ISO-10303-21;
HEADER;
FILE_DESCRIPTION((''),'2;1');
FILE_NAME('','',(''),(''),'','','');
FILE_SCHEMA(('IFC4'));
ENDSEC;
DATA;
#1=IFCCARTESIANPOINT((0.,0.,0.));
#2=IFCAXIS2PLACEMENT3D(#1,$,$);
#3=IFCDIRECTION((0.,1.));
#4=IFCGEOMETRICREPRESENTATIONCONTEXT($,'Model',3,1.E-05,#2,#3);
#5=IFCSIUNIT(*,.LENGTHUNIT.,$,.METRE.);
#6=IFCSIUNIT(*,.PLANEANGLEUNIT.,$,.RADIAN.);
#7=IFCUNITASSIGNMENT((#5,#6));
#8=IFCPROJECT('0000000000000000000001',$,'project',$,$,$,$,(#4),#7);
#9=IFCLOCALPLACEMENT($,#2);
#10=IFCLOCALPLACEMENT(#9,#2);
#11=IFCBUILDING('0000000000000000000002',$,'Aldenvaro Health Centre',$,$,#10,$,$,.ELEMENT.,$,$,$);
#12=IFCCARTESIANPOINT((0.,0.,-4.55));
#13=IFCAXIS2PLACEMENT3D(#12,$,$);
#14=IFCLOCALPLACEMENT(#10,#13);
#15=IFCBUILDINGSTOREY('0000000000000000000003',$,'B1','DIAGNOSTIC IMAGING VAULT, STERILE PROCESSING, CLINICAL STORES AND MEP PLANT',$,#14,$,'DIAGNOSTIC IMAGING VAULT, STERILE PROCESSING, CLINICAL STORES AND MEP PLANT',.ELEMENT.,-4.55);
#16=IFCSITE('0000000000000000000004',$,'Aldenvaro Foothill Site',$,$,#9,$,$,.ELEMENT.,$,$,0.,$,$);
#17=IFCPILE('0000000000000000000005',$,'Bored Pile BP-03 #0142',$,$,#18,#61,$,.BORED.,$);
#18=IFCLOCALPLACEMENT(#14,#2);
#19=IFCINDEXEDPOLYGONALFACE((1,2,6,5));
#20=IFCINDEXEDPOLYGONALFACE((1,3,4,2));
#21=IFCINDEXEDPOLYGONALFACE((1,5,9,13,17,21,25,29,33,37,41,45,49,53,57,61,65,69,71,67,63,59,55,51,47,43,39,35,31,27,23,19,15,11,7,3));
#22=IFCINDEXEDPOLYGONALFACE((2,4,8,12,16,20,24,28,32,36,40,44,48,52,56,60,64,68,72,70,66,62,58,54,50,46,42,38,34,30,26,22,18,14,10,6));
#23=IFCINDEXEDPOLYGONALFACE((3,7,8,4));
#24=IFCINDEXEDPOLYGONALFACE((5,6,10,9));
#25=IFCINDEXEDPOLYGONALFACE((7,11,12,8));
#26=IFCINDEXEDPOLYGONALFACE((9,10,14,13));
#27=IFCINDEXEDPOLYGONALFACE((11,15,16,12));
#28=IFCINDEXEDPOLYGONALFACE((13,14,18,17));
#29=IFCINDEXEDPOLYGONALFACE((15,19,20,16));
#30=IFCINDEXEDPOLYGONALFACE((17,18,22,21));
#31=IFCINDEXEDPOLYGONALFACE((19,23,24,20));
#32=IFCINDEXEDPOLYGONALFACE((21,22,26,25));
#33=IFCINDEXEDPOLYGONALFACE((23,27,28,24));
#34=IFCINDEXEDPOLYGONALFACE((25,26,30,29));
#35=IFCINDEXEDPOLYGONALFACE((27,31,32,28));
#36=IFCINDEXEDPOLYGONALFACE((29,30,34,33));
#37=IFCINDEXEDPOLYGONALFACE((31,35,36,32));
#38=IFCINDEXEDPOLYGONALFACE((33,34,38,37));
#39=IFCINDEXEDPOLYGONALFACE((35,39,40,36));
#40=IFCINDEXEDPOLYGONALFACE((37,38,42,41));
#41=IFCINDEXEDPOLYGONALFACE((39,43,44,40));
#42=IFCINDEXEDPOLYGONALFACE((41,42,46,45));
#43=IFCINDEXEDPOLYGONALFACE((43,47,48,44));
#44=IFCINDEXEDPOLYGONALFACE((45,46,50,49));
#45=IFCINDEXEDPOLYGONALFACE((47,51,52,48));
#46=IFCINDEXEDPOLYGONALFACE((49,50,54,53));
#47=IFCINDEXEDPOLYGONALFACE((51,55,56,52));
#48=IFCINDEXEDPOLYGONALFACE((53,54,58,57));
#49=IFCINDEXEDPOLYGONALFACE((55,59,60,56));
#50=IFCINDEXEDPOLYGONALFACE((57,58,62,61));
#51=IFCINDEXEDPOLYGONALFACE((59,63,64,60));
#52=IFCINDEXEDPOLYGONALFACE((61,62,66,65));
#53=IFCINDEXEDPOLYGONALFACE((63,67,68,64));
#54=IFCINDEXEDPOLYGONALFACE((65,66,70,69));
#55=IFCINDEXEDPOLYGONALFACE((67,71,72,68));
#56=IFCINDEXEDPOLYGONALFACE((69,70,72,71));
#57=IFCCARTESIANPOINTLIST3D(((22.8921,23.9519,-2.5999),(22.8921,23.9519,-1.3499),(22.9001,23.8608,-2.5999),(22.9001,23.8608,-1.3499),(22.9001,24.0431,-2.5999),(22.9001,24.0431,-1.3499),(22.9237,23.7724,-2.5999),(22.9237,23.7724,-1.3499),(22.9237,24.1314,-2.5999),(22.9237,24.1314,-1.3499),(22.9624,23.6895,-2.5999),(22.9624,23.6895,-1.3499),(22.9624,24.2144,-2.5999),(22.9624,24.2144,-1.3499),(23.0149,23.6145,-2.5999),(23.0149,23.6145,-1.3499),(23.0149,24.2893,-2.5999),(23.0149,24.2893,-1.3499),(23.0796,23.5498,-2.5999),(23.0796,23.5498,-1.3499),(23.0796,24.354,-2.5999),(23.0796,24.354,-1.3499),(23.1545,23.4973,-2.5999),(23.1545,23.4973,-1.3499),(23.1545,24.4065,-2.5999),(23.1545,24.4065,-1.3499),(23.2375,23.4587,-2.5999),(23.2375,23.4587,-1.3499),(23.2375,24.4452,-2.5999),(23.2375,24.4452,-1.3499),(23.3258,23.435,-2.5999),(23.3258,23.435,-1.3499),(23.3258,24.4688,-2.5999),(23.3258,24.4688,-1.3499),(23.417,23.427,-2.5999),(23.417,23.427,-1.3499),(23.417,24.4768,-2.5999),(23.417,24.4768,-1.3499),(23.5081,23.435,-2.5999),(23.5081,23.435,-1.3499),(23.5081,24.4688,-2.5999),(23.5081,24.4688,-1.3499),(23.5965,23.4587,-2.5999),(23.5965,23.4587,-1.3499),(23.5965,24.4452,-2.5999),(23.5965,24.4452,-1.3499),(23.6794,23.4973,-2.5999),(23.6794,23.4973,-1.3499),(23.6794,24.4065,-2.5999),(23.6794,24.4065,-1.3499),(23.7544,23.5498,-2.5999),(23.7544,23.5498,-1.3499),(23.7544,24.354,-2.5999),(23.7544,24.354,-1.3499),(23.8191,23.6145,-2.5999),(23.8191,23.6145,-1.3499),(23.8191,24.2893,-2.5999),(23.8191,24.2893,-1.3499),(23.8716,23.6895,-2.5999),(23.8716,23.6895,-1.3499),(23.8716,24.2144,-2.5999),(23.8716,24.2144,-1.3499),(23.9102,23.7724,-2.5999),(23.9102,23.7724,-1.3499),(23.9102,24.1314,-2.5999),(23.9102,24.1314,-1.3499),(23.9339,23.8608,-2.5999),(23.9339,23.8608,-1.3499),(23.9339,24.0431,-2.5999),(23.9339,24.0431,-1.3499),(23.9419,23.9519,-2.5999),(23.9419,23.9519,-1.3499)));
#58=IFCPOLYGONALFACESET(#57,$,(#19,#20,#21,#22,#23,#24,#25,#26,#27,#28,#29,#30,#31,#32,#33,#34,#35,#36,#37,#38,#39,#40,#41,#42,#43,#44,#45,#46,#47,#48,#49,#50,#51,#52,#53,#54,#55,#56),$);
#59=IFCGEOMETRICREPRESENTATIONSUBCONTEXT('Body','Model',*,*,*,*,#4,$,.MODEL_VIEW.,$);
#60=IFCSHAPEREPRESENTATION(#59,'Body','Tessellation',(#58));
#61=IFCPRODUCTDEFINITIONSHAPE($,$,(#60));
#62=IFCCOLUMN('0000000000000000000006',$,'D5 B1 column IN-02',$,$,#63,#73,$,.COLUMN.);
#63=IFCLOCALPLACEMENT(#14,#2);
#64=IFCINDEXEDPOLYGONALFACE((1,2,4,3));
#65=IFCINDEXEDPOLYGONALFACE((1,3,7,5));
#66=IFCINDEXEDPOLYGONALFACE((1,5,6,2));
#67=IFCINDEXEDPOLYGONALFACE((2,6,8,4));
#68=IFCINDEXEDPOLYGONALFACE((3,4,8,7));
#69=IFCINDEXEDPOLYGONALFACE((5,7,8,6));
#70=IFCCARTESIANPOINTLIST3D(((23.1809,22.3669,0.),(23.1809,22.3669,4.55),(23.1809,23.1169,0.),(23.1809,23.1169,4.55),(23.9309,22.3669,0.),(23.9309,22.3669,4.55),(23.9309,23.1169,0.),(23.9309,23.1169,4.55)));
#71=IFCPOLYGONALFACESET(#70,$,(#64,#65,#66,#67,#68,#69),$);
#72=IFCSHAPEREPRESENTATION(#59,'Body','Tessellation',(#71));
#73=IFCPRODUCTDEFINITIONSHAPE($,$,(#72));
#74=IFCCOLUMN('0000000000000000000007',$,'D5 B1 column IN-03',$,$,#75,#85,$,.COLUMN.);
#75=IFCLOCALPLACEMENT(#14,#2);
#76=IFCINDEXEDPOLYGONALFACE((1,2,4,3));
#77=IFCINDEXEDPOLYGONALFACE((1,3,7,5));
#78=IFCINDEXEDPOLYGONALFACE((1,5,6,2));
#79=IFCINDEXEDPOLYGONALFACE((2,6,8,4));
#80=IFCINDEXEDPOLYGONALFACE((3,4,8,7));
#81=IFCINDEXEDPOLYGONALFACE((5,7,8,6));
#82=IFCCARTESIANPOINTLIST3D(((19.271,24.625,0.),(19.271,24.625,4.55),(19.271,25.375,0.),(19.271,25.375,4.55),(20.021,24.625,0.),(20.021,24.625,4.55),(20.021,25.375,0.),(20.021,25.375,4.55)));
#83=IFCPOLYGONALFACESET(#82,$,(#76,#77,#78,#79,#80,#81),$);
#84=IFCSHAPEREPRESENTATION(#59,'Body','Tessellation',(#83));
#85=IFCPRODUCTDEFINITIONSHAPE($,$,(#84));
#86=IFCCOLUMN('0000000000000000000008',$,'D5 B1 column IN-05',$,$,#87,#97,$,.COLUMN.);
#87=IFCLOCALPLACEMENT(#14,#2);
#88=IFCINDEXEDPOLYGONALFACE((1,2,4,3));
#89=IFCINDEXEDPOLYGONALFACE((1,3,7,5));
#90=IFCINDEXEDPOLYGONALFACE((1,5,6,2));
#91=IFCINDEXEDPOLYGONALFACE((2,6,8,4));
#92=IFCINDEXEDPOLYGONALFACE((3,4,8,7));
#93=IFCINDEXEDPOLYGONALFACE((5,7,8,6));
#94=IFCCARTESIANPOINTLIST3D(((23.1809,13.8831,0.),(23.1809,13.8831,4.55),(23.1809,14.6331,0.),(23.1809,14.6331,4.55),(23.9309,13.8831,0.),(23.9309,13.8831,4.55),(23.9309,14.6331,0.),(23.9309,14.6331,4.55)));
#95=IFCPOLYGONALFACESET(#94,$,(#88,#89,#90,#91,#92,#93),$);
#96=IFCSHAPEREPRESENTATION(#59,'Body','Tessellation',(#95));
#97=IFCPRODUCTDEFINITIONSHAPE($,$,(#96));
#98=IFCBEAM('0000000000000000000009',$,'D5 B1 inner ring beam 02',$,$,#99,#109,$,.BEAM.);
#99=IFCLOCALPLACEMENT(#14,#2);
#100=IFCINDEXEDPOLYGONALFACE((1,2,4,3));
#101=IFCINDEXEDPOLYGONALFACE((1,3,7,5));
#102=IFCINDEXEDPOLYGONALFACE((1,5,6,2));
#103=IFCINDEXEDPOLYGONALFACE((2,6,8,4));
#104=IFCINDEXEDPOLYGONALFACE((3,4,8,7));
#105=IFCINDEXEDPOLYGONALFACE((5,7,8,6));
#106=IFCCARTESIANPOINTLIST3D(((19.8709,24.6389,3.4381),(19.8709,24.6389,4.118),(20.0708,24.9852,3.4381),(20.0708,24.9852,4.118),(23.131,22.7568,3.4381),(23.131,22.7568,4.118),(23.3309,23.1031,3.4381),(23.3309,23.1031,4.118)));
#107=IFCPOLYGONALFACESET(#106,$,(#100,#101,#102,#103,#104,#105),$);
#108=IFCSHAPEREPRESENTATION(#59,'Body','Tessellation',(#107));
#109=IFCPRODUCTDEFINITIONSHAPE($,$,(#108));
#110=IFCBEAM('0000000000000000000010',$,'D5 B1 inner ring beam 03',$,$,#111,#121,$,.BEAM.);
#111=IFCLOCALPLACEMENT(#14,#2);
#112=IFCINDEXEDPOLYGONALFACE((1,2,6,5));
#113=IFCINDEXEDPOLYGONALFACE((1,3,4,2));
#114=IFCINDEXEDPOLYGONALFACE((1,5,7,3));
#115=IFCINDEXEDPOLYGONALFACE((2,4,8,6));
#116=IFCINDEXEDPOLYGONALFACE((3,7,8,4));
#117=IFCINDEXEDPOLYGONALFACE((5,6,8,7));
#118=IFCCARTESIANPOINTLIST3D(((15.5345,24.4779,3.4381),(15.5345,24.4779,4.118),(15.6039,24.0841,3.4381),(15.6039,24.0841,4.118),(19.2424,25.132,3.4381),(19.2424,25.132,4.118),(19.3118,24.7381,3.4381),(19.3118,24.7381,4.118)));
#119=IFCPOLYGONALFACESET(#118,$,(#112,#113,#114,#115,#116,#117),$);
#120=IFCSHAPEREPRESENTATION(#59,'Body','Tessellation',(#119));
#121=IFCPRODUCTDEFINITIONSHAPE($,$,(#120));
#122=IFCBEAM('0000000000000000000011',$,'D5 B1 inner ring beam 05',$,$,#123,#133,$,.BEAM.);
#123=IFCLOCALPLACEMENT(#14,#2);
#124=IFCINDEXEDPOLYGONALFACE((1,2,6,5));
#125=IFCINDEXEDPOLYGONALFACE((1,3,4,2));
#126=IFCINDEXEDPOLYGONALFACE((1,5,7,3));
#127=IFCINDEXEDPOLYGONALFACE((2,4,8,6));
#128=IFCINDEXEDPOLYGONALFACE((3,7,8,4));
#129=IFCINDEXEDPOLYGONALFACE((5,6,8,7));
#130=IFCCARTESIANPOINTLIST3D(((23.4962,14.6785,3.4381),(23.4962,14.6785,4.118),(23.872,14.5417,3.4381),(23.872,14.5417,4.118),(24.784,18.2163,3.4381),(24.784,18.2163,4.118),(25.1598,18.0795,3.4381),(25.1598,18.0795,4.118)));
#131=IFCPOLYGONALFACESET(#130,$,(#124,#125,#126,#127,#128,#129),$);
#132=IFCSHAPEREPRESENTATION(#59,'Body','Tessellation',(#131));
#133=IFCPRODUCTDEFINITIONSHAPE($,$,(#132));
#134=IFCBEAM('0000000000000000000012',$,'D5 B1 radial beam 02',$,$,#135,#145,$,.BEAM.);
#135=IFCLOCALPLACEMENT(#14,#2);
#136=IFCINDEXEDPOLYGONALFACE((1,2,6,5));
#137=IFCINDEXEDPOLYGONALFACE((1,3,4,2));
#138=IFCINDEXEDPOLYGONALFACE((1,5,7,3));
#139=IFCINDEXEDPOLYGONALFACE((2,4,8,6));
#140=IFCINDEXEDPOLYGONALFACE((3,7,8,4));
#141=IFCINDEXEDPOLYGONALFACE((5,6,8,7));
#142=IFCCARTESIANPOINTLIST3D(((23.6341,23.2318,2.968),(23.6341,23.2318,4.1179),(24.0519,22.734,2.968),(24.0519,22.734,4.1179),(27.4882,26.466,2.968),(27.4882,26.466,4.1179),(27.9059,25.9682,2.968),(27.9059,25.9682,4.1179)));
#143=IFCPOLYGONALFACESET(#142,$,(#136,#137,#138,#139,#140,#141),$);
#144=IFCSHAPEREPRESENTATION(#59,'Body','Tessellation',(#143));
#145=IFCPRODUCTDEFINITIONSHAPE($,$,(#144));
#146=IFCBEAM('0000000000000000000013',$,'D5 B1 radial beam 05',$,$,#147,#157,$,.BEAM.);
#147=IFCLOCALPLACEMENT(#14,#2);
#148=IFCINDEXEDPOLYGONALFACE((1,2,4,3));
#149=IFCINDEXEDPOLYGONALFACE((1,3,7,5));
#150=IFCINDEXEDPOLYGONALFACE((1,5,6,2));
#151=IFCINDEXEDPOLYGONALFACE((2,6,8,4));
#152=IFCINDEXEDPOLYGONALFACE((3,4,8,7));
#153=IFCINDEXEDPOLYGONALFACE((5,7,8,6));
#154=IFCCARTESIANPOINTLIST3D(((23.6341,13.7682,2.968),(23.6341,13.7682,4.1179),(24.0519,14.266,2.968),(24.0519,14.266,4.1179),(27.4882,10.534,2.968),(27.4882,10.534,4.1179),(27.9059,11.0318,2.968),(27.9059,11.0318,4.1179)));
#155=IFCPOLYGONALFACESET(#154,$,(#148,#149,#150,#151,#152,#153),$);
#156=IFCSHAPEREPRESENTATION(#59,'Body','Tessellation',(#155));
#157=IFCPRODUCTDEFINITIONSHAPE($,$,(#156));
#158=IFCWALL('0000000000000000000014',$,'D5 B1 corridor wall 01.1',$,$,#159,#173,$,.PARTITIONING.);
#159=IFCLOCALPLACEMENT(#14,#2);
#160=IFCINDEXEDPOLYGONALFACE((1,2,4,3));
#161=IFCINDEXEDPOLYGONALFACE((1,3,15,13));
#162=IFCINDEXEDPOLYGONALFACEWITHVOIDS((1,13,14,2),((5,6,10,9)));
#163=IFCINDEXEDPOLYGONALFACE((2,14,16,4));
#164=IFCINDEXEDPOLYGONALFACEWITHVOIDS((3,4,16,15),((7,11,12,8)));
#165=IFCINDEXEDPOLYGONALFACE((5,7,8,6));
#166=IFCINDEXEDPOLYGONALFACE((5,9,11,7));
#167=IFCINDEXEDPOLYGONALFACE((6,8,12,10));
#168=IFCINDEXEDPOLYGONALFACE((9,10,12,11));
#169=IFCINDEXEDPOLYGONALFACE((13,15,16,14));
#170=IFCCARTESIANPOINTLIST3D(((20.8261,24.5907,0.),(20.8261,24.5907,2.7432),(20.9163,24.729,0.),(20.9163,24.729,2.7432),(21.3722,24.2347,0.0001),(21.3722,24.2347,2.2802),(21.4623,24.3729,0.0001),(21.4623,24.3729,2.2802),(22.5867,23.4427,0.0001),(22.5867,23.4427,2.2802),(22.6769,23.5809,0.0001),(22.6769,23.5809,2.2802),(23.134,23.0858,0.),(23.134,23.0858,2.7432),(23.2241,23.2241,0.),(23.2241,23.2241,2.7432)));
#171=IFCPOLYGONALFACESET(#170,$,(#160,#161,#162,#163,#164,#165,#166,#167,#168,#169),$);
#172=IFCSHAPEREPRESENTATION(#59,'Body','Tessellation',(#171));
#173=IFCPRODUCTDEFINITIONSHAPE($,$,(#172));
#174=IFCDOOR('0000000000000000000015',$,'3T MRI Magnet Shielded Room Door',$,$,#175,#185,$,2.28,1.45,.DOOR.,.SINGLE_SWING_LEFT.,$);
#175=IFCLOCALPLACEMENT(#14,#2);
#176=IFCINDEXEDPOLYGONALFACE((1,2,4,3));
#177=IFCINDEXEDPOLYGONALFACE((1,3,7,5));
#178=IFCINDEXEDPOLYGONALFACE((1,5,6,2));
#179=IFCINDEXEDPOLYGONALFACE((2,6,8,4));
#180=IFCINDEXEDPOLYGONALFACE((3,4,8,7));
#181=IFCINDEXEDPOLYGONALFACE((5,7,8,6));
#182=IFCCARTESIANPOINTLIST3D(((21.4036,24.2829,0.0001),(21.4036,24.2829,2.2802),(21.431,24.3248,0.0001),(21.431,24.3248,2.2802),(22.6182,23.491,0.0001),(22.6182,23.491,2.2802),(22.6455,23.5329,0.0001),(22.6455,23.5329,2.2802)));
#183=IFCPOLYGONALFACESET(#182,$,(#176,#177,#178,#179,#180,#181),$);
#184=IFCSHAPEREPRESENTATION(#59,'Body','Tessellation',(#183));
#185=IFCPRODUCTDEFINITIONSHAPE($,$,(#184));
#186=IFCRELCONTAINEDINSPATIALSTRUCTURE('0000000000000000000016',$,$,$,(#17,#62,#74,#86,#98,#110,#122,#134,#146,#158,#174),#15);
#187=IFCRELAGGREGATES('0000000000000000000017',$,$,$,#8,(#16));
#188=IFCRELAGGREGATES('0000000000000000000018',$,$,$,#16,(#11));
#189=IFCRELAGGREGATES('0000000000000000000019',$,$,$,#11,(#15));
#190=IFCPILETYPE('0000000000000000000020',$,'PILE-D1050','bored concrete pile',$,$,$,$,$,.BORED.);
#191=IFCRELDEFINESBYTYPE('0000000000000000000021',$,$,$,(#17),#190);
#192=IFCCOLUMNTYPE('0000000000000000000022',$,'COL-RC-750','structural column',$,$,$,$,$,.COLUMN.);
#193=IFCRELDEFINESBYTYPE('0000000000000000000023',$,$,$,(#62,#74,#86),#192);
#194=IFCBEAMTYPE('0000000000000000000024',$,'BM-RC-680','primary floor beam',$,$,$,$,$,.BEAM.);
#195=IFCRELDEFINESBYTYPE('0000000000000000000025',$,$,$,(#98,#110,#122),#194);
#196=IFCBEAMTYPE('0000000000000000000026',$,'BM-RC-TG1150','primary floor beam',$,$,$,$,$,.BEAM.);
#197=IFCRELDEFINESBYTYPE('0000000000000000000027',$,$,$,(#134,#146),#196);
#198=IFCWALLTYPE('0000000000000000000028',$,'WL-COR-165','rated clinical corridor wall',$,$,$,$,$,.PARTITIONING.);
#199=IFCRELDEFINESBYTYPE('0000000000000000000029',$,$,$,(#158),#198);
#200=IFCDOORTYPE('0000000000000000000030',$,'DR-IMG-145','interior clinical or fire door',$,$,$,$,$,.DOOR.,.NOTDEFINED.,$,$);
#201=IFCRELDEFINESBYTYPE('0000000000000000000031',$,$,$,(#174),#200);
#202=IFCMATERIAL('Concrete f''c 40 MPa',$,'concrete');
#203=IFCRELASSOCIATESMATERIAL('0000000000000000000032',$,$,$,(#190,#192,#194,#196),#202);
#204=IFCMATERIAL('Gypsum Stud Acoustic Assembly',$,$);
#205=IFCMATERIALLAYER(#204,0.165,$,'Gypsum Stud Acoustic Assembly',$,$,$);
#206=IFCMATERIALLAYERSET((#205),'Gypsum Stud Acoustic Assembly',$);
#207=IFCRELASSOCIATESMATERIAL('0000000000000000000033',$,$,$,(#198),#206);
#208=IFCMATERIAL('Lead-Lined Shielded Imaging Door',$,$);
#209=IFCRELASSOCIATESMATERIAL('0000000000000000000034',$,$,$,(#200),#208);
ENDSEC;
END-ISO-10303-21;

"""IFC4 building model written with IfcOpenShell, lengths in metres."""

from ifc_helpers import new_model, si_unit, direction, frame, frame_2d, origin, origin_2d, place, context, subcontext, project, spatial, rectangle, circle, extrude, material, layer, layer_set, material_profile, profile_set, type_object, element, fill, save


model = new_model("IFC4")

# Units and contexts
model_context = context("Model", 3, precision=1e-05, world=origin(), true_north=direction((0.0, 1.0)))
body_context = subcontext(model_context, "Body", "Model", "MODEL_VIEW")
ifc_project = project(units=[si_unit("LENGTHUNIT", "METRE"), si_unit("PLANEANGLEUNIT", "RADIAN")], contexts=[model_context])

# Site, building, storey
site_placement = place(None, origin())
site = spatial("IfcSite", under=ifc_project, at=site_placement, Name="Aldenvaro Foothill Site", CompositionType="ELEMENT", RefElevation=0.0)
building_placement = place(site_placement, origin())
building = spatial("IfcBuilding", under=site, at=building_placement, Name="Aldenvaro Health Centre", CompositionType="ELEMENT")
storey_placement = place(building_placement, frame((0.0, 0.0, -4.55)))
storey = spatial("IfcBuildingStorey", under=building, at=storey_placement, Name="B1", Description="DIAGNOSTIC IMAGING VAULT, STERILE PROCESSING, CLINICAL STORES AND MEP PLANT", LongName="DIAGNOSTIC IMAGING VAULT, STERILE PROCESSING, CLINICAL STORES AND MEP PLANT", CompositionType="ELEMENT", Elevation=-4.55)

# Pile
ifc_material_1 = material(Name="Concrete f'c 40 MPa", Category="concrete")
ifc_material_profile_1 = material_profile(ifc_material_1, circle(Radius=0.5249, at=origin_2d()), Name="PILE D1050", Category="concrete")
ifc_profile_set_1 = profile_set([ifc_material_profile_1], Name="Concrete f'c 40 MPa")
pile_type = type_object("IfcPileType", Name="PILE-D1050", Description="bored concrete pile", PredefinedType="BORED", material=ifc_profile_set_1)
for number, where, z_axis, x_axis, name in (
    (1, (23.417, 23.9519, -1.3499), (0.0, 0.0, -1.0), (1.0, 0.0, 0.0), "Bored Pile BP-03 #0142"),
):
    element("IfcPile", number, at=place(storey_placement, frame(where, z_axis=z_axis, x_axis=x_axis)), inside=storey, type_object=pile_type, Name=name, PredefinedType="BORED", context=body_context, shape_type="SweptSolid", body=[
        extrude(circle(Radius=0.5249, at=origin_2d()), origin(), (0.0, 0.0, 1.0), 1.25),
    ])

# Columns
ifc_material_profile_2 = material_profile(ifc_material_1, rectangle(XDim=0.75, YDim=0.75, at=origin_2d()), Name="RC 750x750", Category="concrete")
ifc_profile_set_2 = profile_set([ifc_material_profile_2], Name="Concrete f'c 40 MPa")
column_type = type_object("IfcColumnType", Name="COL-RC-750", Description="structural column", PredefinedType="COLUMN", material=ifc_profile_set_2)
for number, where, z_axis, x_axis, name in (
    (2, (23.5559, 22.7419, 0.0), (0.0, 0.0, 1.0), (1.0, 0.0, 0.0), "D5 B1 column IN-02"),
    (3, (19.646, 25.0, 0.0), (0.0, 0.0, 1.0), (1.0, 0.0, 0.0), "D5 B1 column IN-03"),
    (4, (23.5559, 14.2581, 0.0), (0.0, 0.0, 1.0), (1.0, 0.0, 0.0), "D5 B1 column IN-05"),
):
    element("IfcColumn", number, at=place(storey_placement, frame(where, z_axis=z_axis, x_axis=x_axis)), inside=storey, type_object=column_type, Name=name, PredefinedType="COLUMN", context=body_context, shape_type="SweptSolid", body=[
        extrude(rectangle(XDim=0.75, YDim=0.75, at=origin_2d()), origin(), (0.0, 0.0, 1.0), 4.55),
    ])

# Beams
ifc_material_profile_3 = material_profile(ifc_material_1, rectangle(XDim=0.3999, YDim=0.6799, at=origin_2d()), Name="RC 400x680", Category="concrete")
ifc_profile_set_3 = profile_set([ifc_material_profile_3], Name="Concrete f'c 40 MPa")
beam_type_1 = type_object("IfcBeamType", Name="BM-RC-680", Description="primary floor beam", PredefinedType="BEAM", material=ifc_profile_set_3)
beam_1_placement = place(storey_placement, frame((23.231, 22.9299, 3.7781), z_axis=(-0.866035, 0.499983, 0.0), x_axis=(-0.499983, -0.866035, 0.0)))
element("IfcBeam", 5, at=beam_1_placement, inside=storey, type_object=beam_type_1, Name="D5 B1 inner ring beam 02", PredefinedType="BEAM", context=body_context, shape_type="SweptSolid", body=[
    extrude(rectangle(XDim=0.3999, YDim=0.6799, at=origin_2d()), origin(), (0.0, 0.0, 1.0), 3.7644),
])
beam_2_placement = place(storey_placement, frame((19.2771, 24.9351, 3.7781), z_axis=(-0.984797, -0.173708, 0.0), x_axis=(0.173708, -0.984797, 0.0)))
element("IfcBeam", 6, at=beam_2_placement, inside=storey, type_object=beam_type_1, Name="D5 B1 inner ring beam 03", PredefinedType="BEAM", context=body_context, shape_type="SweptSolid", body=[
    extrude(rectangle(XDim=0.3999, YDim=0.6799, at=origin_2d()), origin(), (0.0, 0.0, 1.0), 3.7651),
])
beam_3_placement = place(storey_placement, frame((23.6841, 14.6101, 3.7781), z_axis=(0.342061, 0.939678, 0.0), x_axis=(-0.939678, 0.342061, 0.0)))
element("IfcBeam", 7, at=beam_3_placement, inside=storey, type_object=beam_type_1, Name="D5 B1 inner ring beam 05", PredefinedType="BEAM", context=body_context, shape_type="SweptSolid", body=[
    extrude(rectangle(XDim=0.3999, YDim=0.6799, at=origin_2d()), origin(), (0.0, 0.0, 1.0), 3.7649),
])
ifc_material_profile_4 = material_profile(ifc_material_1, rectangle(XDim=0.6499, YDim=1.1499, at=origin_2d()), Name="RC 650x1150", Category="concrete")
ifc_profile_set_4 = profile_set([ifc_material_profile_4], Name="Concrete f'c 40 MPa")
beam_type_2 = type_object("IfcBeamType", Name="BM-RC-TG1150", Description="primary floor beam", PredefinedType="BEAM", material=ifc_profile_set_4)
for number, where, z_axis, x_axis, name in (
    (8, (23.843, 22.9829, 3.543), (0.766021, 0.642815, 0.0), (-0.642815, 0.766021, 0.0), "D5 B1 radial beam 02"),
    (9, (23.843, 14.0171, 3.543), (0.766021, -0.642815, 0.0), (0.642815, 0.766021, 0.0), "D5 B1 radial beam 05"),
):
    element("IfcBeam", number, at=place(storey_placement, frame(where, z_axis=z_axis, x_axis=x_axis)), inside=storey, type_object=beam_type_2, Name=name, PredefinedType="BEAM", context=body_context, shape_type="SweptSolid", body=[
        extrude(rectangle(XDim=0.6499, YDim=1.1499, at=origin_2d()), origin(), (0.0, 0.0, 1.0), 5.0312),
    ])

# Wall, opening, door
ifc_material_2 = material(Name="Gypsum Stud Acoustic Assembly")
ifc_layer_1 = layer(ifc_material_2, 0.165, Name="Gypsum Stud Acoustic Assembly")
ifc_layer_set_1 = layer_set([ifc_layer_1], Name="Gypsum Stud Acoustic Assembly")
wall_type_1 = type_object("IfcWallType", Name="WL-COR-165", Description="rated clinical corridor wall", PredefinedType="PARTITIONING", material=ifc_layer_set_1)
wall_1_placement = place(storey_placement, frame((23.179, 23.155, 0.0), z_axis=(0.0, 0.0, 1.0), x_axis=(-0.837651, 0.546206, 0.0)))
wall_1 = element("IfcWall", 10, at=wall_1_placement, inside=storey, type_object=wall_type_1, Name="D5 B1 corridor wall 01.1", PredefinedType="PARTITIONING", context=body_context, shape_type="SweptSolid", body=[
    extrude(rectangle(XDim=2.7551, YDim=0.165, at=frame_2d((1.3774, 0.0))), origin(), (0.0, 0.0, 1.0), 2.7432),
])
opening_1_placement = place(wall_1_placement, frame((0.6531, 0.0, 0.0)))
opening_1 = element("IfcOpeningElement", 11, at=opening_1_placement, cuts=wall_1, PredefinedType="OPENING", context=body_context, shape_type="SweptSolid", body=[
    extrude(rectangle(XDim=1.45, YDim=2.28, at=frame_2d((0.7251, 1.1401))), frame((0.0, 0.0925, 0.0), z_axis=(0.0, -1.0, 0.0), x_axis=(1.0, 0.0, 0.0)), (0.0, 0.0, 1.0), 0.1851),
])
ifc_material_3 = material(Name="Lead-Lined Shielded Imaging Door")
door_type_1 = type_object("IfcDoorType", Name="DR-IMG-145", Description="interior clinical or fire door", OperationType="NOTDEFINED", PredefinedType="DOOR", material=ifc_material_3)
door_1_placement = place(opening_1_placement, origin())
door_1 = element("IfcDoor", 12, at=door_1_placement, inside=storey, type_object=door_type_1, Name="3T MRI Magnet Shielded Room Door", OperationType="SINGLE_SWING_LEFT", OverallHeight=2.28, OverallWidth=1.45, PredefinedType="DOOR", context=body_context, shape_type="SweptSolid", body=[
    extrude(rectangle(XDim=1.45, YDim=2.28, at=frame_2d((0.7251, 1.1401))), frame((0.0, 0.0249, 0.0), z_axis=(0.0, -1.0, 0.0), x_axis=(1.0, 0.0, 0.0)), (0.0, 0.0, 1.0), 0.05),
])
fill(opening_1, door_1)

save(model, "model.ifc")
